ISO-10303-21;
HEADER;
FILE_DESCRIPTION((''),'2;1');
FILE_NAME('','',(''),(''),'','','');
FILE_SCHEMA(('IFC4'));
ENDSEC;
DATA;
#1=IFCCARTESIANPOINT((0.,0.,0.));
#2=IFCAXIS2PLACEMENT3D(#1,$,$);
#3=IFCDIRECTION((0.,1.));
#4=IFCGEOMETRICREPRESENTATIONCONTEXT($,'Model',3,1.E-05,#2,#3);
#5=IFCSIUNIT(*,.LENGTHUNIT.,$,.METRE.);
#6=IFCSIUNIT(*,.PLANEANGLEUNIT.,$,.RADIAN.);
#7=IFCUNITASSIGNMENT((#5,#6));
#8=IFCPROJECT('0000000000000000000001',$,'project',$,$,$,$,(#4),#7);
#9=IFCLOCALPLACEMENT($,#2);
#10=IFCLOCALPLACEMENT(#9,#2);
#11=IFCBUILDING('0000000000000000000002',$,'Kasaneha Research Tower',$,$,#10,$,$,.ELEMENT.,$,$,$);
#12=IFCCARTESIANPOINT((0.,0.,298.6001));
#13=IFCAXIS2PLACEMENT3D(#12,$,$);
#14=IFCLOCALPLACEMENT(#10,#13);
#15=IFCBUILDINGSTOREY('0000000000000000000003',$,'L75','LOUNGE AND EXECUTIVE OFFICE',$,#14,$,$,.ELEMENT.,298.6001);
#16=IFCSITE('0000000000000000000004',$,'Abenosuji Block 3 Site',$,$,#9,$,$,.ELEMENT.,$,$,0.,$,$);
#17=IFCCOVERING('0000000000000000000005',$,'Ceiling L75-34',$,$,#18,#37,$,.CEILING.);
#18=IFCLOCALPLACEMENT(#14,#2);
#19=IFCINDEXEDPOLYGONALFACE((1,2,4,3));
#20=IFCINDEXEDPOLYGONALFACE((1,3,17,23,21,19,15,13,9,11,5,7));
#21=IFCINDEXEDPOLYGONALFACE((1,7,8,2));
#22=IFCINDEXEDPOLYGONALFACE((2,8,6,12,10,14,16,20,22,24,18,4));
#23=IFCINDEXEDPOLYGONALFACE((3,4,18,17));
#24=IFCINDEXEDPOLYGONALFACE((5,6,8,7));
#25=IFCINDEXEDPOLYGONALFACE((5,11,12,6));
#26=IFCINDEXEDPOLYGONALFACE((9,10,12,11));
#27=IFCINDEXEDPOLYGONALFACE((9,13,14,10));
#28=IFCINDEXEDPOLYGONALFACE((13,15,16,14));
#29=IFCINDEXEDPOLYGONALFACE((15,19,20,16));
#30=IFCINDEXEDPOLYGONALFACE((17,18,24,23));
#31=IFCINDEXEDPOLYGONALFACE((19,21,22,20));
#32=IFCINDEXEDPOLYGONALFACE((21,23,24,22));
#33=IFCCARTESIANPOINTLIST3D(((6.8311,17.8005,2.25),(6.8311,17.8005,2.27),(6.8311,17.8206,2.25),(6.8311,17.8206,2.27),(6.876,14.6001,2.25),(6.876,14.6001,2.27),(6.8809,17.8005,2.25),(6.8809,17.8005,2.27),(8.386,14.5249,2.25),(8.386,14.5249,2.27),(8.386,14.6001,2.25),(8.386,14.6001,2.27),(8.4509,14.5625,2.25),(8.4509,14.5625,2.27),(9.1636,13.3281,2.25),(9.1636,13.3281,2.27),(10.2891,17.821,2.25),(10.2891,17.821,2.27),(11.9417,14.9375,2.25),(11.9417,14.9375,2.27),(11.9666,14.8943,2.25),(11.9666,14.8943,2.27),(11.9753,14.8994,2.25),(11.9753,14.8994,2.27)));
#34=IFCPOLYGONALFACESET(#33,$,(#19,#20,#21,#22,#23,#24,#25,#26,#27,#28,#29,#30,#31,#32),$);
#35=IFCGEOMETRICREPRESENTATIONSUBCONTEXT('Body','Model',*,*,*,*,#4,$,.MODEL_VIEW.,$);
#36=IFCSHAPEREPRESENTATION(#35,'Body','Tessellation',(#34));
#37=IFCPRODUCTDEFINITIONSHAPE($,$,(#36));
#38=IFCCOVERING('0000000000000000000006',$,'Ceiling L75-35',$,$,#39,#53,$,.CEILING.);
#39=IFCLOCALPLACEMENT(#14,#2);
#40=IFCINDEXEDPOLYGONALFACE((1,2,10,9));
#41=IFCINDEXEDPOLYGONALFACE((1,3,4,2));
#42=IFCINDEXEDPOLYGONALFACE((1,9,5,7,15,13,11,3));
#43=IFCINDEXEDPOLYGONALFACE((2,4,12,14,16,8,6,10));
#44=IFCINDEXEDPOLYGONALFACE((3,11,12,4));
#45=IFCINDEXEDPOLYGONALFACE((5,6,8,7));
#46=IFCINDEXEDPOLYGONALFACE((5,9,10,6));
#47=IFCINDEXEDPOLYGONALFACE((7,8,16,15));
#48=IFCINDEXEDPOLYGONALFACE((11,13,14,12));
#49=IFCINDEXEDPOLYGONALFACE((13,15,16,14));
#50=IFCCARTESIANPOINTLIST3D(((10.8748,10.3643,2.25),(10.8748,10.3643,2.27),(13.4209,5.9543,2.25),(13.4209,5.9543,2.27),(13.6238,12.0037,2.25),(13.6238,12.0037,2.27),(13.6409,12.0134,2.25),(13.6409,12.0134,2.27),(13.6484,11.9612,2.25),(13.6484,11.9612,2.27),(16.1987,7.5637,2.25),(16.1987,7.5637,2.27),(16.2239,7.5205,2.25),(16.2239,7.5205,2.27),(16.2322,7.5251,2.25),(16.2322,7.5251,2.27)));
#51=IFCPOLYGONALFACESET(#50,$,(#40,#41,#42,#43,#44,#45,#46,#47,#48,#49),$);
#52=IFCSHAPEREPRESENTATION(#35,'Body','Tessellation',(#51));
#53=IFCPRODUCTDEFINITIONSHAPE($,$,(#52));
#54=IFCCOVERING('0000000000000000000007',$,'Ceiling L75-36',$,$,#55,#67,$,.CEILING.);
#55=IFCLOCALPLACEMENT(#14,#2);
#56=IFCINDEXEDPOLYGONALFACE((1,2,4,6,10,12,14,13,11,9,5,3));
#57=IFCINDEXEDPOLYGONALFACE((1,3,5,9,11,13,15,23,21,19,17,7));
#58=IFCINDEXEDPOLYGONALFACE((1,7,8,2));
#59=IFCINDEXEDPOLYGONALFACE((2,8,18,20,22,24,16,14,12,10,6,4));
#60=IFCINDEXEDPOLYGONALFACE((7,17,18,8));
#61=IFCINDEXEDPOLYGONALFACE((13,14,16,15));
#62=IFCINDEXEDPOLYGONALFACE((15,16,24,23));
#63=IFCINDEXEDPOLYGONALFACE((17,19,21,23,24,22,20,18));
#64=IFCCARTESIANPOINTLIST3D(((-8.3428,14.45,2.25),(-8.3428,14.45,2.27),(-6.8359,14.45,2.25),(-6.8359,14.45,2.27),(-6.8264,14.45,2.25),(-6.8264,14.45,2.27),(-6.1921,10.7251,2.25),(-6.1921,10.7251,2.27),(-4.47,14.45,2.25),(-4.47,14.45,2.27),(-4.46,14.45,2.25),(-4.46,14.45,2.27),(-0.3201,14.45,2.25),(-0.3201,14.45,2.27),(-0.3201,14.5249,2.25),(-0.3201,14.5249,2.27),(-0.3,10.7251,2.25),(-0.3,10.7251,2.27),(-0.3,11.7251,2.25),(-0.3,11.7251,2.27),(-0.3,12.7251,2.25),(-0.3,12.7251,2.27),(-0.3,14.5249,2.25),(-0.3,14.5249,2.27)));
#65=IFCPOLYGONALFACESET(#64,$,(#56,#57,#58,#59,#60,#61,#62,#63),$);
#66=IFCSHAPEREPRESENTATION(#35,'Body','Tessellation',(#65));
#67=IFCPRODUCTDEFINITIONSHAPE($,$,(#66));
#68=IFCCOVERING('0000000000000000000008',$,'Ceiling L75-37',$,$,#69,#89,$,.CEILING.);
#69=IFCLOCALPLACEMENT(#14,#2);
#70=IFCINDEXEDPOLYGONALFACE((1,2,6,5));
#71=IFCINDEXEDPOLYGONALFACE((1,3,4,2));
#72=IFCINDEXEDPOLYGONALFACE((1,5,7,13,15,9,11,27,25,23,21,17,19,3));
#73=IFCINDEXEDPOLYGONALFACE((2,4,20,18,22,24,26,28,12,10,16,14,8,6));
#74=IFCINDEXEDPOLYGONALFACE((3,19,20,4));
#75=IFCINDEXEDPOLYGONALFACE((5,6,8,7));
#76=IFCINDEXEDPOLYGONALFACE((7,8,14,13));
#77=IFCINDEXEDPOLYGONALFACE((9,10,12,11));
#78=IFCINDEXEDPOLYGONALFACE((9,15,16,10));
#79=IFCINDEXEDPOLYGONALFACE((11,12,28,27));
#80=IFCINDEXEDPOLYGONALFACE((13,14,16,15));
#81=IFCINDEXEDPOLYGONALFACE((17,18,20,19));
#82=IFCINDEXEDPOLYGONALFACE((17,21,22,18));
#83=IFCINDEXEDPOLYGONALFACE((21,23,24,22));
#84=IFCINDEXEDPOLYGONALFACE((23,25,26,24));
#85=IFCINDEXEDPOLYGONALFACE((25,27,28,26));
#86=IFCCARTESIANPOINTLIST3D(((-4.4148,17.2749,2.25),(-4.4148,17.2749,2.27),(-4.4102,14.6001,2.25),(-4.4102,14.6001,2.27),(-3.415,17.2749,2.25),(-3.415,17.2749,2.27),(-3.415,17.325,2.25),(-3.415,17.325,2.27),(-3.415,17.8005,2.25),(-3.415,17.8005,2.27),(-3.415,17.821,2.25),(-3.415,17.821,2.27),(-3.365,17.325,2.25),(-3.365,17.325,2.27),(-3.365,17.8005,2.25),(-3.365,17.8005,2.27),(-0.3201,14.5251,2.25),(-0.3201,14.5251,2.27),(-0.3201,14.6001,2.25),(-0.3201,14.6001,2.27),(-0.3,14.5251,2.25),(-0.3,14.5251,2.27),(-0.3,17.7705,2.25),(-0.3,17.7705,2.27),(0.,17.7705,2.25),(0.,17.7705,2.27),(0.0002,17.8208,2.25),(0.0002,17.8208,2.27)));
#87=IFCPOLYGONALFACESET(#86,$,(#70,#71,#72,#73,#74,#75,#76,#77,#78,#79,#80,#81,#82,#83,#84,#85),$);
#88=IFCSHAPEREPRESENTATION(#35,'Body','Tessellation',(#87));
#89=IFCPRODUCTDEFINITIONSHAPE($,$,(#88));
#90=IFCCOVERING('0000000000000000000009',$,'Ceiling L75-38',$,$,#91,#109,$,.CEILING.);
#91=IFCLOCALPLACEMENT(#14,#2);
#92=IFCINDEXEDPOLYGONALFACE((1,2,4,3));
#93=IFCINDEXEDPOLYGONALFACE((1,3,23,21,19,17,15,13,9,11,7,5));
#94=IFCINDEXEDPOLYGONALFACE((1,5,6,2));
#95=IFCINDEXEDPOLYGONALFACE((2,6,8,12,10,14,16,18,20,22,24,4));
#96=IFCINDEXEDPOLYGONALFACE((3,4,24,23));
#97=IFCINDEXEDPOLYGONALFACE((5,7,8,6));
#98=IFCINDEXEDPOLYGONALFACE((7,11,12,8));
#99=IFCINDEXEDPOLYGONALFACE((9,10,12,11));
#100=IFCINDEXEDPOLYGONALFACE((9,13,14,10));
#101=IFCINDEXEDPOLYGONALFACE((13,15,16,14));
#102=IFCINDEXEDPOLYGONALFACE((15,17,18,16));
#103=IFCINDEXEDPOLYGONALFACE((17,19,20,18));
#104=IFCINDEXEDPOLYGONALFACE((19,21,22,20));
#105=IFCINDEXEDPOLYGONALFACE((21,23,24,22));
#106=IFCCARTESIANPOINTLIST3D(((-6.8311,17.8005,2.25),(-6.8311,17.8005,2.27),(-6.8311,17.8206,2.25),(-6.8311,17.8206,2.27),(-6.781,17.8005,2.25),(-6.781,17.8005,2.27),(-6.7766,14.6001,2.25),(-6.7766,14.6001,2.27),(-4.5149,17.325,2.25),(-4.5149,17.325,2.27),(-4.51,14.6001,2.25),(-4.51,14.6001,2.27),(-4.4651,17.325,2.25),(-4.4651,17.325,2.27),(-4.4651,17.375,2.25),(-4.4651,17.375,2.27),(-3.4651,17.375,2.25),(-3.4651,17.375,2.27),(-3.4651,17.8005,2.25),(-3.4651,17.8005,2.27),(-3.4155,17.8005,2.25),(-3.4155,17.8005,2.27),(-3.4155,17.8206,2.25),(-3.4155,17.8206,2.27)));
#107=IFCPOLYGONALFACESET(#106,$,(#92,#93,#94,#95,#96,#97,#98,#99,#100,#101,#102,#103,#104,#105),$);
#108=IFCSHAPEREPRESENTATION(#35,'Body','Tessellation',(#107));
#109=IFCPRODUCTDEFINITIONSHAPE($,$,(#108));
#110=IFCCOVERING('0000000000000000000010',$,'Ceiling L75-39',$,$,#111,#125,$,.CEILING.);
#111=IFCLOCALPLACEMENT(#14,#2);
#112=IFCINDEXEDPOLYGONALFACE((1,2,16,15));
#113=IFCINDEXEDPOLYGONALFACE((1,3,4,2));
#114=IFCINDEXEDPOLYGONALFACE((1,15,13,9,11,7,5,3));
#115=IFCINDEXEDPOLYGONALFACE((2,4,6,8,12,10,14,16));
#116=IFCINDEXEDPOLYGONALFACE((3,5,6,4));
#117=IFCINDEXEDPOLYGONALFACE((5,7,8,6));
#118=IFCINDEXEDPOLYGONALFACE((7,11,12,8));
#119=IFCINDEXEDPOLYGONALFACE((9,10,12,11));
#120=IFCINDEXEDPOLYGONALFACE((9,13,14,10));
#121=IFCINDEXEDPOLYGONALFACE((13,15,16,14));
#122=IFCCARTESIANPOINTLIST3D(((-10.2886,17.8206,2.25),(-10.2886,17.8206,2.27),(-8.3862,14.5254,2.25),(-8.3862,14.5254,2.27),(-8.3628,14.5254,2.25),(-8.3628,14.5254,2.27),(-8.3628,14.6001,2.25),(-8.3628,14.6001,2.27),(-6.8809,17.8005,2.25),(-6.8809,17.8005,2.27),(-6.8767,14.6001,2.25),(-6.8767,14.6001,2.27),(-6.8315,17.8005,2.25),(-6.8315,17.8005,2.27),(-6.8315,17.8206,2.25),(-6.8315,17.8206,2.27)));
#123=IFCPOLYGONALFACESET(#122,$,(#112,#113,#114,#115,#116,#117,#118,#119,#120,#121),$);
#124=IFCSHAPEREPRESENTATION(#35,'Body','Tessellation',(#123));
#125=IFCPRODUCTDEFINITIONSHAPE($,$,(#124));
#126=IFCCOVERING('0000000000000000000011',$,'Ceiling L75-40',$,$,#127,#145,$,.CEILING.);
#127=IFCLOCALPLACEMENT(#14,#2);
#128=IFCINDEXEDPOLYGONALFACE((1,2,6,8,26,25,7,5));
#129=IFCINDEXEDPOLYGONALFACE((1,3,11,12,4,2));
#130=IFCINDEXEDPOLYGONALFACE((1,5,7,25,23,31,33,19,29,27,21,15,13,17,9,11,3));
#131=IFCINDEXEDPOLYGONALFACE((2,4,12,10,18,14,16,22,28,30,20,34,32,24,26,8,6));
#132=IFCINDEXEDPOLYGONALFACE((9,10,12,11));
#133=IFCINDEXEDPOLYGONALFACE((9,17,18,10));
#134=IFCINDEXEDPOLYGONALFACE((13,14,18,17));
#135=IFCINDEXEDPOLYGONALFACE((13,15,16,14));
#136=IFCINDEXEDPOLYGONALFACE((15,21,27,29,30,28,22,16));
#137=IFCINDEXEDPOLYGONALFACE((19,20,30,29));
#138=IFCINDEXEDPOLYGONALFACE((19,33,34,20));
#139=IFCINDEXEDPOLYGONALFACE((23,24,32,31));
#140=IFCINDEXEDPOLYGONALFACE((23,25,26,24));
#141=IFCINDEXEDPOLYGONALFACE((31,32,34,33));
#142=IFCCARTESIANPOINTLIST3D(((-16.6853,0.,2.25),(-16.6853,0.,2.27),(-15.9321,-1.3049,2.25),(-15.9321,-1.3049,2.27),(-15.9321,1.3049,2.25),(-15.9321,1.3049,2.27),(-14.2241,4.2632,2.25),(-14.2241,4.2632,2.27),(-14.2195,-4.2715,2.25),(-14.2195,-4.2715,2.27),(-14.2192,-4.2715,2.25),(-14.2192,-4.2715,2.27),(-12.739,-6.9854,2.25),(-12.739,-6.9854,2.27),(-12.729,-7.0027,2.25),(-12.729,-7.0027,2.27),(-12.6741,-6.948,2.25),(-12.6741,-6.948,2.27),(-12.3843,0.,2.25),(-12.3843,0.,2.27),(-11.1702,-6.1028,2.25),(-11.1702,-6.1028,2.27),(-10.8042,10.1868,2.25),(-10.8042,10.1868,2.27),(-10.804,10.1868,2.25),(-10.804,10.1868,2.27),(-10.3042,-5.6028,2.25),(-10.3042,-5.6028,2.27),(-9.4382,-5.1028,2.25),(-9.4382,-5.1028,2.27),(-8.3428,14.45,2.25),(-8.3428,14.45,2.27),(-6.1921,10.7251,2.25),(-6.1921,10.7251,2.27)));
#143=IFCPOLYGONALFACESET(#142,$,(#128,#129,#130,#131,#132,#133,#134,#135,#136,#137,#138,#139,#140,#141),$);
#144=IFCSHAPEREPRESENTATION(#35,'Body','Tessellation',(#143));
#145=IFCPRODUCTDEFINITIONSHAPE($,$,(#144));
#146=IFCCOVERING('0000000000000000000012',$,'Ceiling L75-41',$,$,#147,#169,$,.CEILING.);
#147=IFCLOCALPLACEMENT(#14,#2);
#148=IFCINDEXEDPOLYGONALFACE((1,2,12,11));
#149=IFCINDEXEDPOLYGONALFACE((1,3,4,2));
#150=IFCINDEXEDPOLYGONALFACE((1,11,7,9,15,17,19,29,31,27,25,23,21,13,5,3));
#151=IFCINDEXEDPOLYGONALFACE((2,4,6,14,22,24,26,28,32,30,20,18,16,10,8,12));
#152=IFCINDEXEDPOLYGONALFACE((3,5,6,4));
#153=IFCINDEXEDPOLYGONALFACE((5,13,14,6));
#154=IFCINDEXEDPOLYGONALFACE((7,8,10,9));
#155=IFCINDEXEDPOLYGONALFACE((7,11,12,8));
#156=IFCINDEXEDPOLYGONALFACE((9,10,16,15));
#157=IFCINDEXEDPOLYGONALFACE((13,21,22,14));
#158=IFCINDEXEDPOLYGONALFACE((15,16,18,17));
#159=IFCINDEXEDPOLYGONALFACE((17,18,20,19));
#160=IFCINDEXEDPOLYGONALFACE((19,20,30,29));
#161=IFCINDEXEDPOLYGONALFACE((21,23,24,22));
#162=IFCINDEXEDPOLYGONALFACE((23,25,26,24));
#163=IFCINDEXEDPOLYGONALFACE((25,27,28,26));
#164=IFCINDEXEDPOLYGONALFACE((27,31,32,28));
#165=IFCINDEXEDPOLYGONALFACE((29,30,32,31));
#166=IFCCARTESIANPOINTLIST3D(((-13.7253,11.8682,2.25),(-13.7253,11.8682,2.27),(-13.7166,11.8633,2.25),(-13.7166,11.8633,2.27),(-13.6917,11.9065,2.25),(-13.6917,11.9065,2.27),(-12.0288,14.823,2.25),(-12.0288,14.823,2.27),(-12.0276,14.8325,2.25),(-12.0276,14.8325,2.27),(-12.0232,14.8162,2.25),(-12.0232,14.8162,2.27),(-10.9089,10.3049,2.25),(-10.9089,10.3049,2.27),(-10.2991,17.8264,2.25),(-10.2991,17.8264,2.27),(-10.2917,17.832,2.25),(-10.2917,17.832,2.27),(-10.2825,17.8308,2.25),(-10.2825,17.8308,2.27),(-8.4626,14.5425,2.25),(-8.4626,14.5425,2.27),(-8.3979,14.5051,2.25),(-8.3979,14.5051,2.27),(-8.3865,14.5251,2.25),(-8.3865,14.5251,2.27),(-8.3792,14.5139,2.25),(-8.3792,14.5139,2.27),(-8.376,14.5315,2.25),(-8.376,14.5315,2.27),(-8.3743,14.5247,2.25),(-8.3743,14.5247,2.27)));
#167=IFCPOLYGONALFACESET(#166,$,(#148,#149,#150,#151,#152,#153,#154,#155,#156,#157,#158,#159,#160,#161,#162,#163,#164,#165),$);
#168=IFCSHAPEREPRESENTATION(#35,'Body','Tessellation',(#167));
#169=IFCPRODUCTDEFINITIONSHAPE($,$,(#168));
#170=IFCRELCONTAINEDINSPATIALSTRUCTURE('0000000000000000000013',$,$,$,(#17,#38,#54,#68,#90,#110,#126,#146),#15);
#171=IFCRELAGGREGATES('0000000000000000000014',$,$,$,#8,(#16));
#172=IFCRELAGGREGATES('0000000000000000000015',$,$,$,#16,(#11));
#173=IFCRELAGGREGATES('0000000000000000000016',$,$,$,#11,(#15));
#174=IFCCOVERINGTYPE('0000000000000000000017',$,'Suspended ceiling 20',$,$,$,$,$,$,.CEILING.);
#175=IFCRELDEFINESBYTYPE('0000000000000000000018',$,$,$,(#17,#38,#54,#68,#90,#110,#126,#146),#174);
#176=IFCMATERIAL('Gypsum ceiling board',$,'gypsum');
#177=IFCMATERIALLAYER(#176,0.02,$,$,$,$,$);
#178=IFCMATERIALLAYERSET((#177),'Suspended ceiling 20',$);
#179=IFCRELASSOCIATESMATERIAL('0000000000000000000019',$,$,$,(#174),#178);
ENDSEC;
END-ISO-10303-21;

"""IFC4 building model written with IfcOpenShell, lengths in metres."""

from ifc_helpers import new_model, si_unit, direction, frame, origin, place, context, subcontext, project, spatial, polyline, outline, extrude, material, layer, layer_set, type_object, element, save


model = new_model("IFC4")

# Units and contexts
model_context = context("Model", 3, precision=1e-05, world=origin(), true_north=direction((0.0, 1.0)))
body_context = subcontext(model_context, "Body", "Model", "MODEL_VIEW")
ifc_project = project(units=[si_unit("LENGTHUNIT", "METRE"), si_unit("PLANEANGLEUNIT", "RADIAN")], contexts=[model_context])

# Site, building, storey
site_placement = place(None, origin())
site = spatial("IfcSite", under=ifc_project, at=site_placement, Name="Abenosuji Block 3 Site", CompositionType="ELEMENT", RefElevation=0.0)
building_placement = place(site_placement, origin())
building = spatial("IfcBuilding", under=site, at=building_placement, Name="Kasaneha Research Tower", CompositionType="ELEMENT")
storey_placement = place(building_placement, frame((0.0, 0.0, 298.6001)))
storey = spatial("IfcBuildingStorey", under=building, at=storey_placement, Name="L75", Description="LOUNGE AND EXECUTIVE OFFICE", CompositionType="ELEMENT", Elevation=298.6001)

# Coverings
ifc_material_1 = material(Name="Gypsum ceiling board", Category="gypsum")
ifc_layer_1 = layer(ifc_material_1, 0.02)
ifc_layer_set_1 = layer_set([ifc_layer_1], Name="Suspended ceiling 20")
covering_type_1 = type_object("IfcCoveringType", Name="Suspended ceiling 20", PredefinedType="CEILING", material=ifc_layer_set_1)
covering_1_placement = place(storey_placement, frame((0.0, 0.0, 2.25)))
element("IfcCovering", 1, at=covering_1_placement, inside=storey, type_object=covering_type_1, Name="Ceiling L75-34", PredefinedType="CEILING", context=body_context, shape_type="SweptSolid", body=[
    extrude(outline(polyline([(6.8311, 17.8206), (10.2891, 17.821), (11.9753, 14.8994), (11.9666, 14.8943), (11.9417, 14.9375), (9.1636, 13.3281), (8.4509, 14.5625), (8.386, 14.5249), (8.386, 14.6001), (6.876, 14.6001), (6.8809, 17.8005), (6.8311, 17.8005), (6.8311, 17.8206)])), origin(), (0.0, 0.0, 1.0), 0.02),
])
covering_2_placement = place(storey_placement, frame((0.0, 0.0, 2.25)))
element("IfcCovering", 2, at=covering_2_placement, inside=storey, type_object=covering_type_1, Name="Ceiling L75-35", PredefinedType="CEILING", context=body_context, shape_type="SweptSolid", body=[
    extrude(outline(polyline([(16.2322, 7.5251), (16.2239, 7.5205), (16.1987, 7.5637), (13.4209, 5.9543), (10.8748, 10.3643), (13.6484, 11.9612), (13.6238, 12.0037), (13.6409, 12.0134), (16.2322, 7.5251)])), origin(), (0.0, 0.0, 1.0), 0.02),
])
covering_3_placement = place(storey_placement, frame((0.0, 0.0, 2.25)))
element("IfcCovering", 3, at=covering_3_placement, inside=storey, type_object=covering_type_1, Name="Ceiling L75-36", PredefinedType="CEILING", context=body_context, shape_type="SweptSolid", body=[
    extrude(outline(polyline([(-0.3, 11.7251), (-0.3, 10.7251), (-6.1921, 10.7251), (-8.3428, 14.45), (-6.8359, 14.45), (-6.8264, 14.45), (-4.47, 14.45), (-4.46, 14.45), (-0.3201, 14.45), (-0.3201, 14.5249), (-0.3, 14.5249), (-0.3, 12.7251), (-0.3, 11.7251)])), origin(), (0.0, 0.0, 1.0), 0.02),
])
covering_4_placement = place(storey_placement, frame((0.0, 0.0, 2.25)))
element("IfcCovering", 4, at=covering_4_placement, inside=storey, type_object=covering_type_1, Name="Ceiling L75-37", PredefinedType="CEILING", context=body_context, shape_type="SweptSolid", body=[
    extrude(outline(polyline([(0.0002, 17.8208), (0.0, 17.7705), (-0.3, 17.7705), (-0.3, 14.5251), (-0.3201, 14.5251), (-0.3201, 14.6001), (-4.4102, 14.6001), (-4.4148, 17.2749), (-3.415, 17.2749), (-3.415, 17.325), (-3.415, 17.325), (-3.365, 17.325), (-3.365, 17.8005), (-3.415, 17.8005), (-3.415, 17.821), (0.0002, 17.8208)])), origin(), (0.0, 0.0, 1.0), 0.02),
])
covering_5_placement = place(storey_placement, frame((0.0, 0.0, 2.25)))
element("IfcCovering", 5, at=covering_5_placement, inside=storey, type_object=covering_type_1, Name="Ceiling L75-38", PredefinedType="CEILING", context=body_context, shape_type="SweptSolid", body=[
    extrude(outline(polyline([(-3.4155, 17.8005), (-3.4651, 17.8005), (-3.4651, 17.375), (-4.4651, 17.375), (-4.4651, 17.325), (-4.5149, 17.325), (-4.51, 14.6001), (-6.7766, 14.6001), (-6.781, 17.8005), (-6.8311, 17.8005), (-6.8311, 17.8206), (-3.4155, 17.8206), (-3.4155, 17.8005)])), origin(), (0.0, 0.0, 1.0), 0.02),
])
covering_6_placement = place(storey_placement, frame((0.0, 0.0, 2.25)))
element("IfcCovering", 6, at=covering_6_placement, inside=storey, type_object=covering_type_1, Name="Ceiling L75-39", PredefinedType="CEILING", context=body_context, shape_type="SweptSolid", body=[
    extrude(outline(polyline([(-6.8315, 17.8005), (-6.8809, 17.8005), (-6.8767, 14.6001), (-8.3628, 14.6001), (-8.3628, 14.5254), (-8.3862, 14.5254), (-10.2886, 17.8206), (-6.8315, 17.8206), (-6.8315, 17.8005)])), origin(), (0.0, 0.0, 1.0), 0.02),
])
covering_7_placement = place(storey_placement, frame((0.0, 0.0, 2.25)))
element("IfcCovering", 7, at=covering_7_placement, inside=storey, type_object=covering_type_1, Name="Ceiling L75-40", PredefinedType="CEILING", context=body_context, shape_type="SweptSolid", body=[
    extrude(outline(polyline([(-12.3843, 0.0), (-9.4382, -5.1028), (-10.3042, -5.6028), (-10.3042, -5.6028), (-11.1702, -6.1028), (-11.1702, -6.1028), (-12.729, -7.0027), (-12.739, -6.9854), (-12.6741, -6.948), (-14.2195, -4.2715), (-14.2192, -4.2715), (-15.9321, -1.3049), (-15.9321, -1.3049), (-16.6853, 0.0), (-15.9321, 1.3049), (-15.9321, 1.3049), (-14.2241, 4.2632), (-14.2241, 4.2632), (-10.804, 10.1868), (-10.8042, 10.1868), (-8.3428, 14.45), (-8.3428, 14.45), (-6.1921, 10.7251), (-12.3843, 0.0)])), origin(), (0.0, 0.0, 1.0), 0.02),
])
covering_8_placement = place(storey_placement, frame((0.0, 0.0, 2.25)))
element("IfcCovering", 8, at=covering_8_placement, inside=storey, type_object=covering_type_1, Name="Ceiling L75-41", PredefinedType="CEILING", context=body_context, shape_type="SweptSolid", body=[
    extrude(outline(polyline([(-12.0276, 14.8325), (-10.2991, 17.8264), (-10.2917, 17.832), (-10.2825, 17.8308), (-8.376, 14.5315), (-8.3743, 14.5247), (-8.3792, 14.5139), (-8.3865, 14.5251), (-8.3979, 14.5051), (-8.4626, 14.5425), (-10.9089, 10.3049), (-13.6917, 11.9065), (-13.7166, 11.8633), (-13.7253, 11.8682), (-12.0232, 14.8162), (-12.0288, 14.823), (-12.0276, 14.8325)])), origin(), (0.0, 0.0, 1.0), 0.02),
])

save(model, "model.ifc")
